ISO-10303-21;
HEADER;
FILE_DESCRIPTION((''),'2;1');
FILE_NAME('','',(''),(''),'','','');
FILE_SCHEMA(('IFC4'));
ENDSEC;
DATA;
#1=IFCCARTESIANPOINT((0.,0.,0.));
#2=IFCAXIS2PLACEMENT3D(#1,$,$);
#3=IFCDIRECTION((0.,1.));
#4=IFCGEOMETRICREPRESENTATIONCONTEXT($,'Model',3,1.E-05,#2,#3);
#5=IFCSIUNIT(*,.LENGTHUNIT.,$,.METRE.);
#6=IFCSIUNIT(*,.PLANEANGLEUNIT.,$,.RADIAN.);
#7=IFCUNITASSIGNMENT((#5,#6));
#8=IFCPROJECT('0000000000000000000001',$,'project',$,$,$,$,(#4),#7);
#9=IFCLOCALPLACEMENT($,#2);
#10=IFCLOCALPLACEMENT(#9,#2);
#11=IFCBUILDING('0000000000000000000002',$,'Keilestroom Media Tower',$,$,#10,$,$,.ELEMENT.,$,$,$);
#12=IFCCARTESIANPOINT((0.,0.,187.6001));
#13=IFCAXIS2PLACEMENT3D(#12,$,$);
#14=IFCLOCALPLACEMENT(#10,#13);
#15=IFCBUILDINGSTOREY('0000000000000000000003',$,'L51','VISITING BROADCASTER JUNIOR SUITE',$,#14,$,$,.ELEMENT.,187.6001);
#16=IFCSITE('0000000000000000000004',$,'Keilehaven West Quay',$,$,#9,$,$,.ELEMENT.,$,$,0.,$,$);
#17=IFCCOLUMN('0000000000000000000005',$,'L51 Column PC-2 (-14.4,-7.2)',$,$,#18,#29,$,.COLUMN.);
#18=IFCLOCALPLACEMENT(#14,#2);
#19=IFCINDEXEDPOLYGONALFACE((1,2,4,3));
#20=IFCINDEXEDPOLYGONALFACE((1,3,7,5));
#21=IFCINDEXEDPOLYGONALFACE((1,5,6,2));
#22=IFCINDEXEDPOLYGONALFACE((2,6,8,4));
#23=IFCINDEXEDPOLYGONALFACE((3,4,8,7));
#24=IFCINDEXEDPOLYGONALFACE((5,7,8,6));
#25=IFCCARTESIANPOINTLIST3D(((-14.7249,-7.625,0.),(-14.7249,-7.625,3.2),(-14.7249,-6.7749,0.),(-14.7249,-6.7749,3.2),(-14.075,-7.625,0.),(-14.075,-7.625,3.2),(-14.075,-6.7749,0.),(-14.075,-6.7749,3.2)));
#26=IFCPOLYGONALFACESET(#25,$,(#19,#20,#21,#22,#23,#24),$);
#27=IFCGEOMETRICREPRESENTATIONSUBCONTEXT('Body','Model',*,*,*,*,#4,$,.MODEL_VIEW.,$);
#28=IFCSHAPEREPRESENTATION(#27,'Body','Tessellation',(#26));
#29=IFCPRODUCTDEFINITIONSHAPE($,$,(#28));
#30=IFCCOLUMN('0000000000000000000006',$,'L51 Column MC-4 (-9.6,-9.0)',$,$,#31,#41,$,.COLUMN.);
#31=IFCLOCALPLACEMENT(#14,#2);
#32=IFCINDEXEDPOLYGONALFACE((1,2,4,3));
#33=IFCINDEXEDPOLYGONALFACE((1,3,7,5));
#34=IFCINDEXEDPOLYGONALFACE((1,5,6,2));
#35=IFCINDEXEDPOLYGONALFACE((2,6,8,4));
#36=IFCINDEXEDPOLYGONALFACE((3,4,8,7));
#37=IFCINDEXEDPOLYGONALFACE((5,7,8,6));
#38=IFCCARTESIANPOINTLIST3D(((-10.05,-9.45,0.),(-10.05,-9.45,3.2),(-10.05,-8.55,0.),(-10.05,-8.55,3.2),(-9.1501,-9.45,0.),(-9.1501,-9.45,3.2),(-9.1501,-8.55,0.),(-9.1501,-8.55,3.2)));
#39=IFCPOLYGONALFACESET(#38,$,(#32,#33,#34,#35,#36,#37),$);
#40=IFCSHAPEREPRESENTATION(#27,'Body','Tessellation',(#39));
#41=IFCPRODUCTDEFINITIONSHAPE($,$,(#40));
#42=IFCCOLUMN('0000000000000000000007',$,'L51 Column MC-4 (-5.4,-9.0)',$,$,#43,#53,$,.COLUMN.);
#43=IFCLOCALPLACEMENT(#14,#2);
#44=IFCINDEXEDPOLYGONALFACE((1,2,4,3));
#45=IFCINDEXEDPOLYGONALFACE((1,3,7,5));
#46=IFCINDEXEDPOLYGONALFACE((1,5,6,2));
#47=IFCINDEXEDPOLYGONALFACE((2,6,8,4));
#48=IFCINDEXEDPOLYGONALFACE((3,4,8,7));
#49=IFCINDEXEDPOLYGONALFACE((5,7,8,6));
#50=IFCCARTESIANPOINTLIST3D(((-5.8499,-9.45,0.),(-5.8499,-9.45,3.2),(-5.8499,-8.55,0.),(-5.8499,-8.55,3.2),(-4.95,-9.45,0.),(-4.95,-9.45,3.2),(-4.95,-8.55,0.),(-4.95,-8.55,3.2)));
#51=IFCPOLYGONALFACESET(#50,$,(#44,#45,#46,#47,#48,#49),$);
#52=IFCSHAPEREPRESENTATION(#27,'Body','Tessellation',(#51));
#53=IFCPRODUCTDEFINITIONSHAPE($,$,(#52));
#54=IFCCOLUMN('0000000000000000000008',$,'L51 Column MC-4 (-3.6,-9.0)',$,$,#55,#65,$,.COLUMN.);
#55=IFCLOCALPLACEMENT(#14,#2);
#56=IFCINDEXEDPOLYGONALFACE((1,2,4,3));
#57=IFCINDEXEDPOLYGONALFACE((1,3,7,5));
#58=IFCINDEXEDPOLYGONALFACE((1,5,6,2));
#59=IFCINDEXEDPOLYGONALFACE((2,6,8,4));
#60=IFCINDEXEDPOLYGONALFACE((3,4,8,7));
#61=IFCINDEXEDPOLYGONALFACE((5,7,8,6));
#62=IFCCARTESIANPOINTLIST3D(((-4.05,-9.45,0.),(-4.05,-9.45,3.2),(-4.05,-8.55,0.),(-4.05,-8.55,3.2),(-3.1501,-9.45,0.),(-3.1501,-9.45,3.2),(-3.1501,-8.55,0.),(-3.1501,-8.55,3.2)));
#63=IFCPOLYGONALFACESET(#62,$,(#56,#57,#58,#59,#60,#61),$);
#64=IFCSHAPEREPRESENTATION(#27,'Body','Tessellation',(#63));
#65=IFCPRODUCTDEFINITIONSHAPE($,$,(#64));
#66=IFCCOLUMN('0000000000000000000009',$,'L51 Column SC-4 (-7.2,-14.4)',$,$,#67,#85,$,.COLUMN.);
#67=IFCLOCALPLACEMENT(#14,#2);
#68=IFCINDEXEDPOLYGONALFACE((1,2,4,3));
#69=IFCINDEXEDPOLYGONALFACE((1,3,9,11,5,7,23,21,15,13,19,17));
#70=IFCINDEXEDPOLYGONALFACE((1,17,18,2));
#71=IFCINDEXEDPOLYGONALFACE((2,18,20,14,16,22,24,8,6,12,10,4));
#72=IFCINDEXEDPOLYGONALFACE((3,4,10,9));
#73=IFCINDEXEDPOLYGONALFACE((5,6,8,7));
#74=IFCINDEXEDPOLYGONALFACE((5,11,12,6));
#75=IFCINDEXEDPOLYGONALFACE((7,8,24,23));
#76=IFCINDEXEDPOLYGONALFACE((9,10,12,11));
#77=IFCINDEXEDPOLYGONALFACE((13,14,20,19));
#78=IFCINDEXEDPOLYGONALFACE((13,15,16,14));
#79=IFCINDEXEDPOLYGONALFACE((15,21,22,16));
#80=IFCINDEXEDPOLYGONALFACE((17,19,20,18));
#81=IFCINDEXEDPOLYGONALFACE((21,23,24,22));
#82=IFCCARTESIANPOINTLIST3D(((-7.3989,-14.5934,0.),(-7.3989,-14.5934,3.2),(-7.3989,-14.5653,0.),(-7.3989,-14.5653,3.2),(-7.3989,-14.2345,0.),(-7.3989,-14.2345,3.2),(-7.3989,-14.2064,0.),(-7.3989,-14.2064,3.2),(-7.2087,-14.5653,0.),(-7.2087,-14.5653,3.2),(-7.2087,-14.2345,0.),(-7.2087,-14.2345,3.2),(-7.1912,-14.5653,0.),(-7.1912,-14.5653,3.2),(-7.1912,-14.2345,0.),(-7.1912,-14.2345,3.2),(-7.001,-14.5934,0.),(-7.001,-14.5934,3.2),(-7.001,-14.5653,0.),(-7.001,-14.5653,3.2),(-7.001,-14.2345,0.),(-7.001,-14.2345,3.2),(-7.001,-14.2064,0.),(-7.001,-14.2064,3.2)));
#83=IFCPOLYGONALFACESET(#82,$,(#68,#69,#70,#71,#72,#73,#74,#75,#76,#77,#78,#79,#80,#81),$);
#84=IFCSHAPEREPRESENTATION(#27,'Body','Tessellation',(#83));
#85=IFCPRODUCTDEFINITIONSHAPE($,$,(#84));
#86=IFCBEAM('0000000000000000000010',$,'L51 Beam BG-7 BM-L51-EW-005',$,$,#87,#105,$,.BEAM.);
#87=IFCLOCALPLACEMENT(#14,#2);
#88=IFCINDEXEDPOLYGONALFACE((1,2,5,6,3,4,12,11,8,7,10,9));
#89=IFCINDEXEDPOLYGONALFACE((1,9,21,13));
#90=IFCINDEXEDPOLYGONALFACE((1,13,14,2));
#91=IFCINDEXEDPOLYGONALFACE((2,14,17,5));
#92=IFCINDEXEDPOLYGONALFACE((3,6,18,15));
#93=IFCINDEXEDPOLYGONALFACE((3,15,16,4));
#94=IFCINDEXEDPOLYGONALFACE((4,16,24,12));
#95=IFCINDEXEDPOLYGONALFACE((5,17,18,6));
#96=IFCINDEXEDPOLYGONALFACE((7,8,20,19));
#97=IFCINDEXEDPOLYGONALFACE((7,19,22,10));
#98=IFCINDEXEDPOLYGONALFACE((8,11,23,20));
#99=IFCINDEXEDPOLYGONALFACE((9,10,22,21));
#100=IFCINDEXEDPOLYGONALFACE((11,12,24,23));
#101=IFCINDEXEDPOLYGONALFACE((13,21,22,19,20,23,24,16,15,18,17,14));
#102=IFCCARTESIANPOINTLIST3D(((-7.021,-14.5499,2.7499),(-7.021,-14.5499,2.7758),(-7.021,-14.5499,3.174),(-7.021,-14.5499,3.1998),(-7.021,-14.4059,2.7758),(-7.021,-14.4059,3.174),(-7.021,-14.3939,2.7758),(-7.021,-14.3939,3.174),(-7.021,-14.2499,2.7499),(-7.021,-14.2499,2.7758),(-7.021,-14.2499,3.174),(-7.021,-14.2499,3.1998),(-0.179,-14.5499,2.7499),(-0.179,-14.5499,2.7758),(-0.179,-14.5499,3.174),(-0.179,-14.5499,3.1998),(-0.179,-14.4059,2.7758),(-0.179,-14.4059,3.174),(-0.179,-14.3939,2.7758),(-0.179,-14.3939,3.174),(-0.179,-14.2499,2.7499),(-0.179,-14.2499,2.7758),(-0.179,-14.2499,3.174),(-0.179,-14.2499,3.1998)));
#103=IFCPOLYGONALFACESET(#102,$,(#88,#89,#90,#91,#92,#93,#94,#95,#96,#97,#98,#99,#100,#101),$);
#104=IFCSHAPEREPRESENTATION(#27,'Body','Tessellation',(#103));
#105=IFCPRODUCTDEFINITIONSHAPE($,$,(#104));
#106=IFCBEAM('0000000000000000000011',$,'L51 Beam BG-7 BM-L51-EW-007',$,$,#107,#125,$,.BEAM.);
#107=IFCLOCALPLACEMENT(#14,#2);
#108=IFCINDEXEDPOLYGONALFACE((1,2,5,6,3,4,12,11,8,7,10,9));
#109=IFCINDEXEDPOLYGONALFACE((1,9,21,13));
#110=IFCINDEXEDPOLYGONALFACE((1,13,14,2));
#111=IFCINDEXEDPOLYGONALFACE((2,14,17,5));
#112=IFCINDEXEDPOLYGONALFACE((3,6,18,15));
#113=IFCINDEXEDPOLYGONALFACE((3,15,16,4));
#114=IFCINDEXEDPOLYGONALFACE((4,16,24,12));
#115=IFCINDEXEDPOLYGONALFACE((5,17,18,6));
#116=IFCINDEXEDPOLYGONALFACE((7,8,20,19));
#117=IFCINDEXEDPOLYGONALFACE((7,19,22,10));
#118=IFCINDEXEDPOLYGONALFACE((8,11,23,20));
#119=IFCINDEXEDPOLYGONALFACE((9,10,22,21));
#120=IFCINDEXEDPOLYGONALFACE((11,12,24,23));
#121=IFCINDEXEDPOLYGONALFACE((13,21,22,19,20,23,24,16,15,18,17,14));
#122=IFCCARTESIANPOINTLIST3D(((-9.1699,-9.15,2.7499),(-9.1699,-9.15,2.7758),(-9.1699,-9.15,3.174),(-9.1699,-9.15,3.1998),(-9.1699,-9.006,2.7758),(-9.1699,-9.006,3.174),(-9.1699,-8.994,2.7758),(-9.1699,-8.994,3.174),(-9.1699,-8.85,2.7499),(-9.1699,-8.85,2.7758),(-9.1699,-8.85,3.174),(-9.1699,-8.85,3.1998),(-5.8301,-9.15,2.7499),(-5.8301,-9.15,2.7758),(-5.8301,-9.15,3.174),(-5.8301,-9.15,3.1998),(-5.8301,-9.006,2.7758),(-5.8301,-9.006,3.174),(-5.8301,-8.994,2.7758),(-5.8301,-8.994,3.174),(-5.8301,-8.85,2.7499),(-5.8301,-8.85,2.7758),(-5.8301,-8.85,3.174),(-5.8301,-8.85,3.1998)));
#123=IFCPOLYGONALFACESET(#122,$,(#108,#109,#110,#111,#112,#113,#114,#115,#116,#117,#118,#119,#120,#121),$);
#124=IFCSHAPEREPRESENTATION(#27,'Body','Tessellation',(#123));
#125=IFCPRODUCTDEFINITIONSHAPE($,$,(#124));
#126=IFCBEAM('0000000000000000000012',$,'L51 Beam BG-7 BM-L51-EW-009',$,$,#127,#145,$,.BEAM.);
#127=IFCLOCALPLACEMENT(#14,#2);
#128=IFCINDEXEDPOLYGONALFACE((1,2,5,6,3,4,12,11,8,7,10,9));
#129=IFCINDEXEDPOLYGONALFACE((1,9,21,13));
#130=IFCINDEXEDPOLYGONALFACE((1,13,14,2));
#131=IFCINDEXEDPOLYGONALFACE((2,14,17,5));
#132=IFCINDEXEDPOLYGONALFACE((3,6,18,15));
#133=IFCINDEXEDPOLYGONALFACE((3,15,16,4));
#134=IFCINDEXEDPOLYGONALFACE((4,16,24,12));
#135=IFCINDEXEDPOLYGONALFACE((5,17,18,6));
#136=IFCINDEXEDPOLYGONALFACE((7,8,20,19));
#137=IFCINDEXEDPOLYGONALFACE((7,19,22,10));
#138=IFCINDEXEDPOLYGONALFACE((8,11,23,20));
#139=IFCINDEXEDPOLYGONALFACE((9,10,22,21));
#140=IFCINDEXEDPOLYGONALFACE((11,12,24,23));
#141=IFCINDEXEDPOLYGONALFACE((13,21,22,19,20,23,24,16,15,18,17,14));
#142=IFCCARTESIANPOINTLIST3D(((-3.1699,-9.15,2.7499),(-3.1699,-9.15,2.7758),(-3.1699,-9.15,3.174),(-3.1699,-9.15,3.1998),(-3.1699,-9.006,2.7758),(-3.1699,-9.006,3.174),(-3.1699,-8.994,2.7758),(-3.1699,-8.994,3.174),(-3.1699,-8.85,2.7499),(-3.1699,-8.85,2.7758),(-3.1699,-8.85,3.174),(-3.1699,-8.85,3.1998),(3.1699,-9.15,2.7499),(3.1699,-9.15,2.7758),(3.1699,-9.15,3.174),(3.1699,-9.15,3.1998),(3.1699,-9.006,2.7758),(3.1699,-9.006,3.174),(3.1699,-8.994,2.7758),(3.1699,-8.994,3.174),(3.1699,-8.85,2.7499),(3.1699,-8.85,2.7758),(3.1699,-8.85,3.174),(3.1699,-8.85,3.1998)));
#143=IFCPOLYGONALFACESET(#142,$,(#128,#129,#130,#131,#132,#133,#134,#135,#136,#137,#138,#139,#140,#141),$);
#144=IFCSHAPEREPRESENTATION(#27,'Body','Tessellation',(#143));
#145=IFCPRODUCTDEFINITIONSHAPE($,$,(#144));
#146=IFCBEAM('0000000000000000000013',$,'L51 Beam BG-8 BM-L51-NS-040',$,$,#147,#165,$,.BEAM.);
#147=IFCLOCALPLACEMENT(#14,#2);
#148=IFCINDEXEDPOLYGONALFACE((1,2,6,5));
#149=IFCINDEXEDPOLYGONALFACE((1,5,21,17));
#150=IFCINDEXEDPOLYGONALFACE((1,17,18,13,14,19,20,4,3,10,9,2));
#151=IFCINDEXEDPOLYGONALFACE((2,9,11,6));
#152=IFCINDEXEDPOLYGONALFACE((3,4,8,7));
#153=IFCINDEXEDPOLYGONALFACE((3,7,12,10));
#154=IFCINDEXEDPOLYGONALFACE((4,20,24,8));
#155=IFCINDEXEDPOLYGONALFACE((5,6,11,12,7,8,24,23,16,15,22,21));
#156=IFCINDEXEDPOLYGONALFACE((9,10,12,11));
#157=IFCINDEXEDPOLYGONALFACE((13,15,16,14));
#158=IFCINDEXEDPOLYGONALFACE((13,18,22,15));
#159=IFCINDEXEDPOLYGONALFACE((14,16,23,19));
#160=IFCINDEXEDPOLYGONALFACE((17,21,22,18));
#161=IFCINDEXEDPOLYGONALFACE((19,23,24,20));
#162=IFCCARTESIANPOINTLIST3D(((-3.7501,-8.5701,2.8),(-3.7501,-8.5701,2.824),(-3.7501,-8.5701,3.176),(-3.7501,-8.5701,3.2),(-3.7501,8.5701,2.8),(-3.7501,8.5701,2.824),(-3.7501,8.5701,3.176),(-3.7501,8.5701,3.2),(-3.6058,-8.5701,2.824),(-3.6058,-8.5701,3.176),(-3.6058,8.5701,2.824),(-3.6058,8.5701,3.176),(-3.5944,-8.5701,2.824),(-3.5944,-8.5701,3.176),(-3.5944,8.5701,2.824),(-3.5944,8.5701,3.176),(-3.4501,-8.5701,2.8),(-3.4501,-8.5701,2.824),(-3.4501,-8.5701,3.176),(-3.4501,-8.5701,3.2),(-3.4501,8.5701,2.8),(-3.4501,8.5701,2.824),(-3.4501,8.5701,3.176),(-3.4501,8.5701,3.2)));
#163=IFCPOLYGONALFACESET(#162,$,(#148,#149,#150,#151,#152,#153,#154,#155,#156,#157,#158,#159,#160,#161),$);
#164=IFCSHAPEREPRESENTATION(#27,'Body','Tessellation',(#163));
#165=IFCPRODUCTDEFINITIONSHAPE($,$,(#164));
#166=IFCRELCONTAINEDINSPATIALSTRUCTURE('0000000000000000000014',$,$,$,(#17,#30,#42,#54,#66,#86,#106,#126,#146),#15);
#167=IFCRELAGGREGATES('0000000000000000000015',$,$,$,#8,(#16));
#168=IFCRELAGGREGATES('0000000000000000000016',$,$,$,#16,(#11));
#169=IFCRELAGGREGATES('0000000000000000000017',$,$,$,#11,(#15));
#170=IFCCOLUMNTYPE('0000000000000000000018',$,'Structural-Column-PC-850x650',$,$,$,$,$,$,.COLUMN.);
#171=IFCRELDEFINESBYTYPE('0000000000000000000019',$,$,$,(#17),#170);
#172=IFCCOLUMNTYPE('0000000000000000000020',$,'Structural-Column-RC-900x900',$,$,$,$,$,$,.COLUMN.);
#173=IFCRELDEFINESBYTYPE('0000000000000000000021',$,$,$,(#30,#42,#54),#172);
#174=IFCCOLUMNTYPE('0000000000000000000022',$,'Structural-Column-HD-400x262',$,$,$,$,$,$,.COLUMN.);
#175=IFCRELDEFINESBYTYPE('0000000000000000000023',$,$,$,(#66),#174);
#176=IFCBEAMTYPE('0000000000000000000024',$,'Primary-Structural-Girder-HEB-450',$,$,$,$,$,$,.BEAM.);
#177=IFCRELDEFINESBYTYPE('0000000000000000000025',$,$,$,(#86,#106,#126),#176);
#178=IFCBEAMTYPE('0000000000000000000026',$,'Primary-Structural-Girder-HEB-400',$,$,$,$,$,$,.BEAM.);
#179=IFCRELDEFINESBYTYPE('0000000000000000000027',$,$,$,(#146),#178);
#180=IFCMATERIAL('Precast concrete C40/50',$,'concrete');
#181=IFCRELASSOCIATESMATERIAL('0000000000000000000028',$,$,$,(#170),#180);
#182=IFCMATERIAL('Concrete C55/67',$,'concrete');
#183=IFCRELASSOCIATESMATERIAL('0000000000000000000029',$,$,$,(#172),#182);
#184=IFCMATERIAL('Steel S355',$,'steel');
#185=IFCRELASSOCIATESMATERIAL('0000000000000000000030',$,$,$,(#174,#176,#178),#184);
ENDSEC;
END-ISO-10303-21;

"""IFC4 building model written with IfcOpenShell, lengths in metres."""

from ifc_helpers import new_model, si_unit, direction, frame, origin, origin_2d, place, context, subcontext, project, spatial, rectangle, i_section, extrude, source, transform, mapped, material, material_profile, profile_set, type_object, element, save


model = new_model("IFC4")

# Units and contexts
model_context = context("Model", 3, precision=1e-05, world=origin(), true_north=direction((0.0, 1.0)))
body_context = subcontext(model_context, "Body", "Model", "MODEL_VIEW")
ifc_project = project(units=[si_unit("LENGTHUNIT", "METRE"), si_unit("PLANEANGLEUNIT", "RADIAN")], contexts=[model_context])

# Site, building, storey
site_placement = place(None, origin())
site = spatial("IfcSite", under=ifc_project, at=site_placement, Name="Keilehaven West Quay", CompositionType="ELEMENT", RefElevation=0.0)
building_placement = place(site_placement, origin())
building = spatial("IfcBuilding", under=site, at=building_placement, Name="Keilestroom Media Tower", CompositionType="ELEMENT")
storey_placement = place(building_placement, frame((0.0, 0.0, 187.6001)))
storey = spatial("IfcBuildingStorey", under=building, at=storey_placement, Name="L51", Description="VISITING BROADCASTER JUNIOR SUITE", CompositionType="ELEMENT", Elevation=187.6001)

# Columns
ifc_material_1 = material(Name="Precast concrete C40/50", Category="concrete")
ifc_material_profile_1 = material_profile(ifc_material_1, rectangle(XDim=0.6499, YDim=0.8501, at=origin_2d()), Name="PC 850x650")
ifc_profile_set_1 = profile_set([ifc_material_profile_1], Name="Precast concrete C40/50")
column_type_1 = type_object("IfcColumnType", Name="Structural-Column-PC-850x650", PredefinedType="COLUMN", material=ifc_profile_set_1)
shared_shape_1 = source(origin(), body_context, "Body", "SweptSolid", [
    extrude(rectangle(XDim=0.6499, YDim=0.8501, at=origin_2d()), origin(), (0.0, 0.0, 1.0), 3.2),
])
column_1_placement = place(storey_placement, frame((-14.3999, -7.2, 0.0), z_axis=(0.0, 0.0, 1.0), x_axis=(1.0, 0.0, 0.0)))
element("IfcColumn", 1, at=column_1_placement, inside=storey, type_object=column_type_1, Name="L51 Column PC-2 (-14.4,-7.2)", PredefinedType="COLUMN", context=body_context, shape_type="MappedRepresentation", body=[
    mapped(shared_shape_1, transform((0.0, 0.0, 0.0), x_axis=(1.0, 0.0, 0.0), y_axis=(0.0, 1.0, 0.0), z_axis=(0.0, 0.0, 1.0), scale=1.0)),
])
ifc_material_2 = material(Name="Concrete C55/67", Category="concrete")
ifc_material_profile_2 = material_profile(ifc_material_2, rectangle(XDim=0.8999, YDim=0.8999, at=origin_2d()), Name="RC 900x900")
ifc_profile_set_2 = profile_set([ifc_material_profile_2], Name="Concrete C55/67")
column_type_2 = type_object("IfcColumnType", Name="Structural-Column-RC-900x900", PredefinedType="COLUMN", material=ifc_profile_set_2)
shared_shape_2 = source(origin(), body_context, "Body", "SweptSolid", [
    extrude(rectangle(XDim=0.8999, YDim=0.8999, at=origin_2d()), origin(), (0.0, 0.0, 1.0), 3.2),
])
for number, where, z_axis, x_axis, name in (
    (2, (-9.6001, -9.0, 0.0), (0.0, 0.0, 1.0), (1.0, 0.0, 0.0), "L51 Column MC-4 (-9.6,-9.0)"),
    (3, (-5.3999, -9.0, 0.0), (0.0, 0.0, 1.0), (1.0, 0.0, 0.0), "L51 Column MC-4 (-5.4,-9.0)"),
    (4, (-3.6001, -9.0, 0.0), (0.0, 0.0, 1.0), (1.0, 0.0, 0.0), "L51 Column MC-4 (-3.6,-9.0)"),
):
    element("IfcColumn", number, at=place(storey_placement, frame(where, z_axis=z_axis, x_axis=x_axis)), inside=storey, type_object=column_type_2, Name=name, PredefinedType="COLUMN", context=body_context, shape_type="MappedRepresentation", body=[
        mapped(shared_shape_2, transform((0.0, 0.0, 0.0), x_axis=(1.0, 0.0, 0.0), y_axis=(0.0, 1.0, 0.0), z_axis=(0.0, 0.0, 1.0), scale=1.0)),
    ])
ifc_material_3 = material(Name="Steel S355", Category="steel")
ifc_material_profile_3 = material_profile(ifc_material_3, i_section(OverallWidth=0.3979, OverallDepth=0.387, WebThickness=0.0176, FlangeThickness=0.0281, at=origin_2d()), Name="HD 400x262")
ifc_profile_set_3 = profile_set([ifc_material_profile_3], Name="Steel S355")
column_type_3 = type_object("IfcColumnType", Name="Structural-Column-HD-400x262", PredefinedType="COLUMN", material=ifc_profile_set_3)
shared_shape_3 = source(origin(), body_context, "Body", "SweptSolid", [
    extrude(i_section(OverallWidth=0.3979, OverallDepth=0.387, WebThickness=0.0176, FlangeThickness=0.0281, at=origin_2d()), origin(), (0.0, 0.0, 1.0), 3.2),
])
column_2_placement = place(storey_placement, frame((-7.2, -14.3999, 0.0), z_axis=(0.0, 0.0, 1.0), x_axis=(1.0, 0.0, 0.0)))
element("IfcColumn", 5, at=column_2_placement, inside=storey, type_object=column_type_3, Name="L51 Column SC-4 (-7.2,-14.4)", PredefinedType="COLUMN", context=body_context, shape_type="MappedRepresentation", body=[
    mapped(shared_shape_3, transform((0.0, 0.0, 0.0), x_axis=(1.0, 0.0, 0.0), y_axis=(0.0, 1.0, 0.0), z_axis=(0.0, 0.0, 1.0), scale=1.0)),
])

# Beams
ifc_material_profile_4 = material_profile(ifc_material_3, i_section(OverallWidth=0.3, OverallDepth=0.45, WebThickness=0.012, FlangeThickness=0.0259, at=origin_2d()), Name="HEB 450")
ifc_profile_set_4 = profile_set([ifc_material_profile_4], Name="Steel S355")
beam_type_1 = type_object("IfcBeamType", Name="Primary-Structural-Girder-HEB-450", PredefinedType="BEAM", material=ifc_profile_set_4)
shared_shape_4 = source(origin(), body_context, "Body", "SweptSolid", [
    extrude(i_section(OverallWidth=0.3, OverallDepth=0.45, WebThickness=0.012, FlangeThickness=0.0259, at=origin_2d()), origin(), (0.0, 0.0, 1.0), 6.842),
])
beam_1_placement = place(storey_placement, frame((-7.021, -14.3999, 2.9749), z_axis=(1.0, 0.0, 0.0), x_axis=(0.0, 1.0, 0.0)))
element("IfcBeam", 6, at=beam_1_placement, inside=storey, type_object=beam_type_1, Name="L51 Beam BG-7 BM-L51-EW-005", PredefinedType="BEAM", context=body_context, shape_type="MappedRepresentation", body=[
    mapped(shared_shape_4, transform((0.0, 0.0, 0.0), x_axis=(1.0, 0.0, 0.0), y_axis=(0.0, 1.0, 0.0), z_axis=(0.0, 0.0, 1.0), scale=1.0)),
])
shared_shape_5 = source(origin(), body_context, "Body", "SweptSolid", [
    extrude(i_section(OverallWidth=0.3, OverallDepth=0.45, WebThickness=0.012, FlangeThickness=0.0259, at=origin_2d()), origin(), (0.0, 0.0, 1.0), 3.3398),
])
beam_2_placement = place(storey_placement, frame((-9.1699, -9.0, 2.9749), z_axis=(1.0, 0.0, 0.0), x_axis=(0.0, 1.0, 0.0)))
element("IfcBeam", 7, at=beam_2_placement, inside=storey, type_object=beam_type_1, Name="L51 Beam BG-7 BM-L51-EW-007", PredefinedType="BEAM", context=body_context, shape_type="MappedRepresentation", body=[
    mapped(shared_shape_5, transform((0.0, 0.0, 0.0), x_axis=(1.0, 0.0, 0.0), y_axis=(0.0, 1.0, 0.0), z_axis=(0.0, 0.0, 1.0), scale=1.0)),
])
shared_shape_6 = source(origin(), body_context, "Body", "SweptSolid", [
    extrude(i_section(OverallWidth=0.3, OverallDepth=0.45, WebThickness=0.012, FlangeThickness=0.0259, at=origin_2d()), origin(), (0.0, 0.0, 1.0), 6.3398),
])
beam_3_placement = place(storey_placement, frame((-3.1699, -9.0, 2.9749), z_axis=(1.0, 0.0, 0.0), x_axis=(0.0, 1.0, 0.0)))
element("IfcBeam", 8, at=beam_3_placement, inside=storey, type_object=beam_type_1, Name="L51 Beam BG-7 BM-L51-EW-009", PredefinedType="BEAM", context=body_context, shape_type="MappedRepresentation", body=[
    mapped(shared_shape_6, transform((0.0, 0.0, 0.0), x_axis=(1.0, 0.0, 0.0), y_axis=(0.0, 1.0, 0.0), z_axis=(0.0, 0.0, 1.0), scale=1.0)),
])
ifc_material_profile_5 = material_profile(ifc_material_3, i_section(OverallWidth=0.3, OverallDepth=0.3999, WebThickness=0.0115, FlangeThickness=0.0239, at=origin_2d()), Name="HEB 400")
ifc_profile_set_5 = profile_set([ifc_material_profile_5], Name="Steel S355")
beam_type_2 = type_object("IfcBeamType", Name="Primary-Structural-Girder-HEB-400", PredefinedType="BEAM", material=ifc_profile_set_5)
shared_shape_7 = source(origin(), body_context, "Body", "SweptSolid", [
    extrude(i_section(OverallWidth=0.3, OverallDepth=0.3999, WebThickness=0.0115, FlangeThickness=0.0239, at=origin_2d()), origin(), (0.0, 0.0, 1.0), 17.1401),
])
beam_4_placement = place(storey_placement, frame((-3.6001, -8.5701, 3.0), z_axis=(0.0, 1.0, 0.0), x_axis=(-1.0, 0.0, 0.0)))
element("IfcBeam", 9, at=beam_4_placement, inside=storey, type_object=beam_type_2, Name="L51 Beam BG-8 BM-L51-NS-040", PredefinedType="BEAM", context=body_context, shape_type="MappedRepresentation", body=[
    mapped(shared_shape_7, transform((0.0, 0.0, 0.0), x_axis=(1.0, 0.0, 0.0), y_axis=(0.0, 1.0, 0.0), z_axis=(0.0, 0.0, 1.0), scale=1.0)),
])

save(model, "model.ifc")
